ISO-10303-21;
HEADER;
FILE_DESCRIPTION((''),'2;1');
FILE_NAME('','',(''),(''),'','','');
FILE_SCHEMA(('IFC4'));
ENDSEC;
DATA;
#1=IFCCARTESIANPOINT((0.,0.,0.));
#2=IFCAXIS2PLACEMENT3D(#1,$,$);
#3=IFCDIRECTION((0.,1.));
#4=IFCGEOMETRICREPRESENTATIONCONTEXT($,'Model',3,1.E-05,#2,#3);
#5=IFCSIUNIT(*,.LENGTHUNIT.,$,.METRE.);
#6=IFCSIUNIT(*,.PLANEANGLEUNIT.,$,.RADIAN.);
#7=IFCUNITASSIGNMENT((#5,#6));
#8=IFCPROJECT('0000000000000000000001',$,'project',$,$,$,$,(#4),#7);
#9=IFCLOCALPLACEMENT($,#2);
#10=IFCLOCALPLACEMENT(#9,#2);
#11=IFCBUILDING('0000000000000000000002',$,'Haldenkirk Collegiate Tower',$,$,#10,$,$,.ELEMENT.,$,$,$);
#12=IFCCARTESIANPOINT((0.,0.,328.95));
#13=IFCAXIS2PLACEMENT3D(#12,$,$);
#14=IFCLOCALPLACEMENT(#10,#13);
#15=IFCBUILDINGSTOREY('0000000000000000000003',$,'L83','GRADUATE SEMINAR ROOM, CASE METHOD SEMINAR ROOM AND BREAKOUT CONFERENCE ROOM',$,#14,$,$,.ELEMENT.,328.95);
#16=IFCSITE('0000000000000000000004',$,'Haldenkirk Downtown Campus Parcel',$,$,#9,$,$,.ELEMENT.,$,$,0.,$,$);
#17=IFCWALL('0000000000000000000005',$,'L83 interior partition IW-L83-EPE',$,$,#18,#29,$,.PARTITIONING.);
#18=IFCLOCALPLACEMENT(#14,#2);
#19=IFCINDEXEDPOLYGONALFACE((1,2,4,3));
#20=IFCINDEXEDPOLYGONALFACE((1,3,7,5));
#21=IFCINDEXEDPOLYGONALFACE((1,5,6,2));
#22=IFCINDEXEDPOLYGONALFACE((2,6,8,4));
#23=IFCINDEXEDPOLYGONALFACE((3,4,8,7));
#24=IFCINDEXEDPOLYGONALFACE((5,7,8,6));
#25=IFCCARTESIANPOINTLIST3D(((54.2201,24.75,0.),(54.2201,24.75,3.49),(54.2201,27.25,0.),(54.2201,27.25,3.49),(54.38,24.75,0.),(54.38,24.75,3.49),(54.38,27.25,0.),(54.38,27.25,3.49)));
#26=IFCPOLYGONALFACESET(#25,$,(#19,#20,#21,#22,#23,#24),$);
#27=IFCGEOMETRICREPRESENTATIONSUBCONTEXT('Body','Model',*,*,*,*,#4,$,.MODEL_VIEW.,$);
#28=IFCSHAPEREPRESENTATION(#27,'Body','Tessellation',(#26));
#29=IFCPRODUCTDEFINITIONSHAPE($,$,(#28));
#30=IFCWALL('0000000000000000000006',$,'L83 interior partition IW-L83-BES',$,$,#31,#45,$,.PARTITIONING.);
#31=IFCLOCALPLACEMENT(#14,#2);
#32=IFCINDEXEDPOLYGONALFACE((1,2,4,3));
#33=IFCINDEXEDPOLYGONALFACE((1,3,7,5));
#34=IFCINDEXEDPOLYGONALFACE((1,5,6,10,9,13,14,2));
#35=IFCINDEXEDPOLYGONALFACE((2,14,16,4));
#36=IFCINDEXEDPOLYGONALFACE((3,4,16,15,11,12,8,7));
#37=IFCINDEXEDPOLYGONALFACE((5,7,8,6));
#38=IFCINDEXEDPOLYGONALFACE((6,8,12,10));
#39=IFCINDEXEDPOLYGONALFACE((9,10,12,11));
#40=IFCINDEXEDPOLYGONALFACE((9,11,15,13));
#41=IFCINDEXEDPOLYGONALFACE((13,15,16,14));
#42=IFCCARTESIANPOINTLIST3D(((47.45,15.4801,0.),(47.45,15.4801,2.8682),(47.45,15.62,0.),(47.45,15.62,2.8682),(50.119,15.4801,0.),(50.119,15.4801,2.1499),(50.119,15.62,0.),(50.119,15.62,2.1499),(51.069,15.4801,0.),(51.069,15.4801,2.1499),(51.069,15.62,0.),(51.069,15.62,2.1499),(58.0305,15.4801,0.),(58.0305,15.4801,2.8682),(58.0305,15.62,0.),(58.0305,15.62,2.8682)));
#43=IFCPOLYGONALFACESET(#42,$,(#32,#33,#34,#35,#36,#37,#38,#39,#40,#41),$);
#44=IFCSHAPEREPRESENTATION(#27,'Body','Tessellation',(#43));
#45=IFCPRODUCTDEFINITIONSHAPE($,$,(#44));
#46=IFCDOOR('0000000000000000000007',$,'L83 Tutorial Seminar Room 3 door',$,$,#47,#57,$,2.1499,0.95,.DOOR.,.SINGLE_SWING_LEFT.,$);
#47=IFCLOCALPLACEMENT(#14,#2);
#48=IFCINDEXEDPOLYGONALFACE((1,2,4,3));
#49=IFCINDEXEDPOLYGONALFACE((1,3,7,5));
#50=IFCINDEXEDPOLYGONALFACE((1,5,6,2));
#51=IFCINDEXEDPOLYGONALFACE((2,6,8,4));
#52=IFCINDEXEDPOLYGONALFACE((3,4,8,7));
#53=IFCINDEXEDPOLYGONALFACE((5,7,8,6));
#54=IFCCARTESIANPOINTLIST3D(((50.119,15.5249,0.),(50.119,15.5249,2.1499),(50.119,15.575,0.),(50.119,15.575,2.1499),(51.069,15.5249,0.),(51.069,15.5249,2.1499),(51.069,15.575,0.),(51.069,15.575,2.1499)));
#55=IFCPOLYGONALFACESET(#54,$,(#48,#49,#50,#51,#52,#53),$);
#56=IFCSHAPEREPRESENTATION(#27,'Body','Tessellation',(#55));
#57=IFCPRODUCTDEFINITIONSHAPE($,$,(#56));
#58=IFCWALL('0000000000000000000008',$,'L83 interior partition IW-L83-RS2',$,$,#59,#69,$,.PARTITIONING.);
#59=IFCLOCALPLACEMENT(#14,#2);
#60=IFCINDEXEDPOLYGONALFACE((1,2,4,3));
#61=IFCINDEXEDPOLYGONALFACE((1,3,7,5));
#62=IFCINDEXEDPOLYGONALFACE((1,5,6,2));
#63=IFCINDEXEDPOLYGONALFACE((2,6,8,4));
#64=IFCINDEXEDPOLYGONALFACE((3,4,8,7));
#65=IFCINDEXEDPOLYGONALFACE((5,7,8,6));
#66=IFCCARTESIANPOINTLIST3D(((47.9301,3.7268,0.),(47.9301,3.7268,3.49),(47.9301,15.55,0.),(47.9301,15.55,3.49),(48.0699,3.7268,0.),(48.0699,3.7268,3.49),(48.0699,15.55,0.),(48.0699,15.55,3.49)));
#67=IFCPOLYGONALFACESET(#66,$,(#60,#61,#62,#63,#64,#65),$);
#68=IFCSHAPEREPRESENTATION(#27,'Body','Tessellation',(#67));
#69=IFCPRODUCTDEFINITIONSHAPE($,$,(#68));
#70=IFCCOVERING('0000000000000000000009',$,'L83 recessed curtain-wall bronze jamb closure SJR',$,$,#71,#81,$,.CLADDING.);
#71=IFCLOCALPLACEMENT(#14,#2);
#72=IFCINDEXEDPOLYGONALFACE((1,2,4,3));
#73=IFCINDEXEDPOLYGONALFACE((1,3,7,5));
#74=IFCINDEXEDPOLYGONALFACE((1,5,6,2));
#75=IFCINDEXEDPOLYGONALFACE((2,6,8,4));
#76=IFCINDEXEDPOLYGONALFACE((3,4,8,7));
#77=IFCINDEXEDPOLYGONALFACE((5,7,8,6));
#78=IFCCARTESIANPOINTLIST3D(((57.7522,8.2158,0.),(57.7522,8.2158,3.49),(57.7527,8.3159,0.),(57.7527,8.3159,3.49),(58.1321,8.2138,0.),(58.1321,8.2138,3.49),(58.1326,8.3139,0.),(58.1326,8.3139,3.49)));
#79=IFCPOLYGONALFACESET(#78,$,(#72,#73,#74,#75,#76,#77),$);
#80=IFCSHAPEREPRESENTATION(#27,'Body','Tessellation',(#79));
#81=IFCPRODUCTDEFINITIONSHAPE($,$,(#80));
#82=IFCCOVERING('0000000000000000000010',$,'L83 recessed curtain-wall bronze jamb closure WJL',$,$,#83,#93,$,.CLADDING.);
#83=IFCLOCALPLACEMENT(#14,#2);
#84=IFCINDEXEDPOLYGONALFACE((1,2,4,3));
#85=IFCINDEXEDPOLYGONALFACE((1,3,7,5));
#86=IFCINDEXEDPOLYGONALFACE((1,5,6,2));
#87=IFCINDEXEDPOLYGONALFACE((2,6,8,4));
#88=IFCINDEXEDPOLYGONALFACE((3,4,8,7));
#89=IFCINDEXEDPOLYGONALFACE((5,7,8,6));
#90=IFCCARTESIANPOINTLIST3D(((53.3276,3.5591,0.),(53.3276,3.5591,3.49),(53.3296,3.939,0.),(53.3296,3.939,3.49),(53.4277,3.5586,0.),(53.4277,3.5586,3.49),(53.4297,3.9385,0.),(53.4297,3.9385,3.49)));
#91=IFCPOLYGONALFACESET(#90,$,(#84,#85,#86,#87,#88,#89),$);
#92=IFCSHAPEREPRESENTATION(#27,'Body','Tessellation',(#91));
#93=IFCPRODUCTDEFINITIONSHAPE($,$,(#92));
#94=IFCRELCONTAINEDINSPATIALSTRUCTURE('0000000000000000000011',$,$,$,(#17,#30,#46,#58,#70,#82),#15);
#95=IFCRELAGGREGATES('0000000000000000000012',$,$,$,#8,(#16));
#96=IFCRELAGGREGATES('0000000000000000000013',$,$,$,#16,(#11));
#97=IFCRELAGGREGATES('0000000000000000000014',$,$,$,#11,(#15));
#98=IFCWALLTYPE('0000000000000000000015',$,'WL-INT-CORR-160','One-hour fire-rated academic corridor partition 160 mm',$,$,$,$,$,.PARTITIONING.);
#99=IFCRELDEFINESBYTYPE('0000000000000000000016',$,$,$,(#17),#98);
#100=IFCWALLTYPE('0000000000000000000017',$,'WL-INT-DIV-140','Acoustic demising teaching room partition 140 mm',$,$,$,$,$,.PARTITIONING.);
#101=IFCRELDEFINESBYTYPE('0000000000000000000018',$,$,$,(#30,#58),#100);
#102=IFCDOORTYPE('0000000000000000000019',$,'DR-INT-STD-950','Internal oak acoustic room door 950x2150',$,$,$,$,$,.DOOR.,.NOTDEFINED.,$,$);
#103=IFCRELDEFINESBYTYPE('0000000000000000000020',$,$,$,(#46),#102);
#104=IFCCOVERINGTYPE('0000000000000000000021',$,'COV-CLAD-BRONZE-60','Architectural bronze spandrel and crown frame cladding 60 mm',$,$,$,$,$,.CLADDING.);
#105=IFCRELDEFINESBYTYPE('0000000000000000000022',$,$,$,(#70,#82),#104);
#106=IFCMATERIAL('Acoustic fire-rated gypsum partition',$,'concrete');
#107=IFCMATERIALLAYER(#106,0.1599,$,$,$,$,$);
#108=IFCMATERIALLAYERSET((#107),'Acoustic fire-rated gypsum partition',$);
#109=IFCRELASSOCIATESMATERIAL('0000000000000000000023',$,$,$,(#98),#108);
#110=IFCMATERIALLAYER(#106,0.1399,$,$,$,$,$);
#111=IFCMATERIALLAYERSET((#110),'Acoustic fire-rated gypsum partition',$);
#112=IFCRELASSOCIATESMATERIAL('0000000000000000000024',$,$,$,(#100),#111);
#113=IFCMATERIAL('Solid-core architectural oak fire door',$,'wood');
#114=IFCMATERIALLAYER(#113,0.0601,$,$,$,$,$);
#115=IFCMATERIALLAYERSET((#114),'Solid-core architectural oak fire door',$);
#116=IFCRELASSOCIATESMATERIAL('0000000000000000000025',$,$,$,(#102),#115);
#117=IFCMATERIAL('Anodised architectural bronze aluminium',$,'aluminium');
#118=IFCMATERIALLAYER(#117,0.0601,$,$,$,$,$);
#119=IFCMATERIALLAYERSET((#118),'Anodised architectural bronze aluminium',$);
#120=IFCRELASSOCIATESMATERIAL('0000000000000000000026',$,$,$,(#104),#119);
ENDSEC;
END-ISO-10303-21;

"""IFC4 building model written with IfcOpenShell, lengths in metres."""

from ifc_helpers import new_model, si_unit, direction, frame, frame_2d, origin, origin_2d, place, context, subcontext, project, spatial, rectangle, extrude, source, transform, mapped, material, layer, layer_set, type_object, element, fill, save


model = new_model("IFC4")

# Units and contexts
model_context = context("Model", 3, precision=1e-05, world=origin(), true_north=direction((0.0, 1.0)))
body_context = subcontext(model_context, "Body", "Model", "MODEL_VIEW")
ifc_project = project(units=[si_unit("LENGTHUNIT", "METRE"), si_unit("PLANEANGLEUNIT", "RADIAN")], contexts=[model_context])

# Site, building, storey
site_placement = place(None, origin())
site = spatial("IfcSite", under=ifc_project, at=site_placement, Name="Haldenkirk Downtown Campus Parcel", CompositionType="ELEMENT", RefElevation=0.0)
building_placement = place(site_placement, origin())
building = spatial("IfcBuilding", under=site, at=building_placement, Name="Haldenkirk Collegiate Tower", CompositionType="ELEMENT")
storey_placement = place(building_placement, frame((0.0, 0.0, 328.95)))
storey = spatial("IfcBuildingStorey", under=building, at=storey_placement, Name="L83", Description="GRADUATE SEMINAR ROOM, CASE METHOD SEMINAR ROOM AND BREAKOUT CONFERENCE ROOM", CompositionType="ELEMENT", Elevation=328.95)

# Shared definitions
ifc_material_1 = material(Name="Anodised architectural bronze aluminium", Category="aluminium")

# Wall
ifc_material_2 = material(Name="Acoustic fire-rated gypsum partition", Category="concrete")
ifc_layer_1 = layer(ifc_material_2, 0.1599)
ifc_layer_set_1 = layer_set([ifc_layer_1], Name="Acoustic fire-rated gypsum partition")
wall_type_1 = type_object("IfcWallType", Name="WL-INT-CORR-160", Description="One-hour fire-rated academic corridor partition 160 mm", PredefinedType="PARTITIONING", material=ifc_layer_set_1)
wall_1_placement = place(storey_placement, frame((54.3, 24.75, 0.0), z_axis=(0.0, 0.0, 1.0), x_axis=(0.0, 1.0, 0.0)))
element("IfcWall", 1, at=wall_1_placement, inside=storey, type_object=wall_type_1, Name="L83 interior partition IW-L83-EPE", PredefinedType="PARTITIONING", context=body_context, shape_type="SweptSolid", body=[
    extrude(rectangle(XDim=2.5, YDim=0.1599, at=frame_2d((1.25, 0.0))), origin(), (0.0, 0.0, 1.0), 3.49),
])

# Wall, opening, door
ifc_layer_2 = layer(ifc_material_2, 0.1399)
ifc_layer_set_2 = layer_set([ifc_layer_2], Name="Acoustic fire-rated gypsum partition")
wall_type_2 = type_object("IfcWallType", Name="WL-INT-DIV-140", Description="Acoustic demising teaching room partition 140 mm", PredefinedType="PARTITIONING", material=ifc_layer_set_2)
wall_2_placement = place(storey_placement, frame((47.45, 15.55, 0.0), z_axis=(0.0, 0.0, 1.0), x_axis=(1.0, 0.0, 0.0)))
wall_2 = element("IfcWall", 2, at=wall_2_placement, inside=storey, type_object=wall_type_2, Name="L83 interior partition IW-L83-BES", PredefinedType="PARTITIONING", context=body_context, shape_type="SweptSolid", body=[
    extrude(rectangle(XDim=10.5806, YDim=0.1399, at=frame_2d((5.2903, 0.0))), origin(), (0.0, 0.0, 1.0), 2.8682),
])
opening_1_placement = place(wall_2_placement, frame((2.6689, 0.0, 0.0)))
opening_1 = element("IfcOpeningElement", 3, at=opening_1_placement, cuts=wall_2, PredefinedType="OPENING", context=body_context, shape_type="SweptSolid", body=[
    extrude(rectangle(XDim=0.95, YDim=2.1499, at=frame_2d((0.4751, 1.075))), frame((0.0, 0.0798, 0.0), z_axis=(0.0, -1.0, 0.0), x_axis=(1.0, 0.0, 0.0)), (0.0, 0.0, 1.0), 0.1599),
])
ifc_material_3 = material(Name="Solid-core architectural oak fire door", Category="wood")
ifc_layer_3 = layer(ifc_material_3, 0.0601)
ifc_layer_set_3 = layer_set([ifc_layer_3], Name="Solid-core architectural oak fire door")
door_type_1 = type_object("IfcDoorType", Name="DR-INT-STD-950", Description="Internal oak acoustic room door 950x2150", OperationType="NOTDEFINED", PredefinedType="DOOR", material=ifc_layer_set_3)
door_1_placement = place(opening_1_placement, origin())
door_1 = element("IfcDoor", 4, at=door_1_placement, inside=storey, type_object=door_type_1, Name="L83 Tutorial Seminar Room 3 door", OperationType="SINGLE_SWING_LEFT", OverallHeight=2.1499, OverallWidth=0.95, PredefinedType="DOOR", context=body_context, shape_type="SweptSolid", body=[
    extrude(rectangle(XDim=0.95, YDim=2.1499, at=frame_2d((0.4751, 1.075))), frame((0.0, 0.0249, 0.0), z_axis=(0.0, -1.0, 0.0), x_axis=(1.0, 0.0, 0.0)), (0.0, 0.0, 1.0), 0.05),
])
fill(opening_1, door_1)

# Wall
wall_3_placement = place(storey_placement, frame((48.0, 3.7268, 0.0), z_axis=(0.0, 0.0, 1.0), x_axis=(0.0, 1.0, 0.0)))
element("IfcWall", 5, at=wall_3_placement, inside=storey, type_object=wall_type_2, Name="L83 interior partition IW-L83-RS2", PredefinedType="PARTITIONING", context=body_context, shape_type="SweptSolid", body=[
    extrude(rectangle(XDim=11.8232, YDim=0.1399, at=frame_2d((5.9116, 0.0))), origin(), (0.0, 0.0, 1.0), 3.49),
])

# Coverings
ifc_layer_4 = layer(ifc_material_1, 0.0601)
ifc_layer_set_4 = layer_set([ifc_layer_4], Name="Anodised architectural bronze aluminium")
covering_type = type_object("IfcCoveringType", Name="COV-CLAD-BRONZE-60", Description="Architectural bronze spandrel and crown frame cladding 60 mm", PredefinedType="CLADDING", material=ifc_layer_set_4)
shared_shape_1 = source(origin(), body_context, "Body", "SweptSolid", [
    extrude(rectangle(XDim=0.1001, YDim=0.3799, at=origin_2d()), origin(), (0.0, 0.0, 1.0), 3.49),
])
for number, where, z_axis, x_axis, name in (
    (6, (57.9424, 8.2649, 0.0), (0.0, 0.0, 1.0), (-0.005236, -0.999986, 0.0), "L83 recessed curtain-wall bronze jamb closure SJR"),
    (7, (53.3787, 3.7488, 0.0), (0.0, 0.0, 1.0), (-0.999986, 0.005236, 0.0), "L83 recessed curtain-wall bronze jamb closure WJL"),
):
    element("IfcCovering", number, at=place(storey_placement, frame(where, z_axis=z_axis, x_axis=x_axis)), inside=storey, type_object=covering_type, Name=name, PredefinedType="CLADDING", context=body_context, shape_type="MappedRepresentation", body=[
        mapped(shared_shape_1, transform((0.0, 0.0, 0.0), x_axis=(1.0, 0.0, 0.0), y_axis=(0.0, 1.0, 0.0), z_axis=(0.0, 0.0, 1.0), scale=1.0)),
    ])

save(model, "model.ifc")
